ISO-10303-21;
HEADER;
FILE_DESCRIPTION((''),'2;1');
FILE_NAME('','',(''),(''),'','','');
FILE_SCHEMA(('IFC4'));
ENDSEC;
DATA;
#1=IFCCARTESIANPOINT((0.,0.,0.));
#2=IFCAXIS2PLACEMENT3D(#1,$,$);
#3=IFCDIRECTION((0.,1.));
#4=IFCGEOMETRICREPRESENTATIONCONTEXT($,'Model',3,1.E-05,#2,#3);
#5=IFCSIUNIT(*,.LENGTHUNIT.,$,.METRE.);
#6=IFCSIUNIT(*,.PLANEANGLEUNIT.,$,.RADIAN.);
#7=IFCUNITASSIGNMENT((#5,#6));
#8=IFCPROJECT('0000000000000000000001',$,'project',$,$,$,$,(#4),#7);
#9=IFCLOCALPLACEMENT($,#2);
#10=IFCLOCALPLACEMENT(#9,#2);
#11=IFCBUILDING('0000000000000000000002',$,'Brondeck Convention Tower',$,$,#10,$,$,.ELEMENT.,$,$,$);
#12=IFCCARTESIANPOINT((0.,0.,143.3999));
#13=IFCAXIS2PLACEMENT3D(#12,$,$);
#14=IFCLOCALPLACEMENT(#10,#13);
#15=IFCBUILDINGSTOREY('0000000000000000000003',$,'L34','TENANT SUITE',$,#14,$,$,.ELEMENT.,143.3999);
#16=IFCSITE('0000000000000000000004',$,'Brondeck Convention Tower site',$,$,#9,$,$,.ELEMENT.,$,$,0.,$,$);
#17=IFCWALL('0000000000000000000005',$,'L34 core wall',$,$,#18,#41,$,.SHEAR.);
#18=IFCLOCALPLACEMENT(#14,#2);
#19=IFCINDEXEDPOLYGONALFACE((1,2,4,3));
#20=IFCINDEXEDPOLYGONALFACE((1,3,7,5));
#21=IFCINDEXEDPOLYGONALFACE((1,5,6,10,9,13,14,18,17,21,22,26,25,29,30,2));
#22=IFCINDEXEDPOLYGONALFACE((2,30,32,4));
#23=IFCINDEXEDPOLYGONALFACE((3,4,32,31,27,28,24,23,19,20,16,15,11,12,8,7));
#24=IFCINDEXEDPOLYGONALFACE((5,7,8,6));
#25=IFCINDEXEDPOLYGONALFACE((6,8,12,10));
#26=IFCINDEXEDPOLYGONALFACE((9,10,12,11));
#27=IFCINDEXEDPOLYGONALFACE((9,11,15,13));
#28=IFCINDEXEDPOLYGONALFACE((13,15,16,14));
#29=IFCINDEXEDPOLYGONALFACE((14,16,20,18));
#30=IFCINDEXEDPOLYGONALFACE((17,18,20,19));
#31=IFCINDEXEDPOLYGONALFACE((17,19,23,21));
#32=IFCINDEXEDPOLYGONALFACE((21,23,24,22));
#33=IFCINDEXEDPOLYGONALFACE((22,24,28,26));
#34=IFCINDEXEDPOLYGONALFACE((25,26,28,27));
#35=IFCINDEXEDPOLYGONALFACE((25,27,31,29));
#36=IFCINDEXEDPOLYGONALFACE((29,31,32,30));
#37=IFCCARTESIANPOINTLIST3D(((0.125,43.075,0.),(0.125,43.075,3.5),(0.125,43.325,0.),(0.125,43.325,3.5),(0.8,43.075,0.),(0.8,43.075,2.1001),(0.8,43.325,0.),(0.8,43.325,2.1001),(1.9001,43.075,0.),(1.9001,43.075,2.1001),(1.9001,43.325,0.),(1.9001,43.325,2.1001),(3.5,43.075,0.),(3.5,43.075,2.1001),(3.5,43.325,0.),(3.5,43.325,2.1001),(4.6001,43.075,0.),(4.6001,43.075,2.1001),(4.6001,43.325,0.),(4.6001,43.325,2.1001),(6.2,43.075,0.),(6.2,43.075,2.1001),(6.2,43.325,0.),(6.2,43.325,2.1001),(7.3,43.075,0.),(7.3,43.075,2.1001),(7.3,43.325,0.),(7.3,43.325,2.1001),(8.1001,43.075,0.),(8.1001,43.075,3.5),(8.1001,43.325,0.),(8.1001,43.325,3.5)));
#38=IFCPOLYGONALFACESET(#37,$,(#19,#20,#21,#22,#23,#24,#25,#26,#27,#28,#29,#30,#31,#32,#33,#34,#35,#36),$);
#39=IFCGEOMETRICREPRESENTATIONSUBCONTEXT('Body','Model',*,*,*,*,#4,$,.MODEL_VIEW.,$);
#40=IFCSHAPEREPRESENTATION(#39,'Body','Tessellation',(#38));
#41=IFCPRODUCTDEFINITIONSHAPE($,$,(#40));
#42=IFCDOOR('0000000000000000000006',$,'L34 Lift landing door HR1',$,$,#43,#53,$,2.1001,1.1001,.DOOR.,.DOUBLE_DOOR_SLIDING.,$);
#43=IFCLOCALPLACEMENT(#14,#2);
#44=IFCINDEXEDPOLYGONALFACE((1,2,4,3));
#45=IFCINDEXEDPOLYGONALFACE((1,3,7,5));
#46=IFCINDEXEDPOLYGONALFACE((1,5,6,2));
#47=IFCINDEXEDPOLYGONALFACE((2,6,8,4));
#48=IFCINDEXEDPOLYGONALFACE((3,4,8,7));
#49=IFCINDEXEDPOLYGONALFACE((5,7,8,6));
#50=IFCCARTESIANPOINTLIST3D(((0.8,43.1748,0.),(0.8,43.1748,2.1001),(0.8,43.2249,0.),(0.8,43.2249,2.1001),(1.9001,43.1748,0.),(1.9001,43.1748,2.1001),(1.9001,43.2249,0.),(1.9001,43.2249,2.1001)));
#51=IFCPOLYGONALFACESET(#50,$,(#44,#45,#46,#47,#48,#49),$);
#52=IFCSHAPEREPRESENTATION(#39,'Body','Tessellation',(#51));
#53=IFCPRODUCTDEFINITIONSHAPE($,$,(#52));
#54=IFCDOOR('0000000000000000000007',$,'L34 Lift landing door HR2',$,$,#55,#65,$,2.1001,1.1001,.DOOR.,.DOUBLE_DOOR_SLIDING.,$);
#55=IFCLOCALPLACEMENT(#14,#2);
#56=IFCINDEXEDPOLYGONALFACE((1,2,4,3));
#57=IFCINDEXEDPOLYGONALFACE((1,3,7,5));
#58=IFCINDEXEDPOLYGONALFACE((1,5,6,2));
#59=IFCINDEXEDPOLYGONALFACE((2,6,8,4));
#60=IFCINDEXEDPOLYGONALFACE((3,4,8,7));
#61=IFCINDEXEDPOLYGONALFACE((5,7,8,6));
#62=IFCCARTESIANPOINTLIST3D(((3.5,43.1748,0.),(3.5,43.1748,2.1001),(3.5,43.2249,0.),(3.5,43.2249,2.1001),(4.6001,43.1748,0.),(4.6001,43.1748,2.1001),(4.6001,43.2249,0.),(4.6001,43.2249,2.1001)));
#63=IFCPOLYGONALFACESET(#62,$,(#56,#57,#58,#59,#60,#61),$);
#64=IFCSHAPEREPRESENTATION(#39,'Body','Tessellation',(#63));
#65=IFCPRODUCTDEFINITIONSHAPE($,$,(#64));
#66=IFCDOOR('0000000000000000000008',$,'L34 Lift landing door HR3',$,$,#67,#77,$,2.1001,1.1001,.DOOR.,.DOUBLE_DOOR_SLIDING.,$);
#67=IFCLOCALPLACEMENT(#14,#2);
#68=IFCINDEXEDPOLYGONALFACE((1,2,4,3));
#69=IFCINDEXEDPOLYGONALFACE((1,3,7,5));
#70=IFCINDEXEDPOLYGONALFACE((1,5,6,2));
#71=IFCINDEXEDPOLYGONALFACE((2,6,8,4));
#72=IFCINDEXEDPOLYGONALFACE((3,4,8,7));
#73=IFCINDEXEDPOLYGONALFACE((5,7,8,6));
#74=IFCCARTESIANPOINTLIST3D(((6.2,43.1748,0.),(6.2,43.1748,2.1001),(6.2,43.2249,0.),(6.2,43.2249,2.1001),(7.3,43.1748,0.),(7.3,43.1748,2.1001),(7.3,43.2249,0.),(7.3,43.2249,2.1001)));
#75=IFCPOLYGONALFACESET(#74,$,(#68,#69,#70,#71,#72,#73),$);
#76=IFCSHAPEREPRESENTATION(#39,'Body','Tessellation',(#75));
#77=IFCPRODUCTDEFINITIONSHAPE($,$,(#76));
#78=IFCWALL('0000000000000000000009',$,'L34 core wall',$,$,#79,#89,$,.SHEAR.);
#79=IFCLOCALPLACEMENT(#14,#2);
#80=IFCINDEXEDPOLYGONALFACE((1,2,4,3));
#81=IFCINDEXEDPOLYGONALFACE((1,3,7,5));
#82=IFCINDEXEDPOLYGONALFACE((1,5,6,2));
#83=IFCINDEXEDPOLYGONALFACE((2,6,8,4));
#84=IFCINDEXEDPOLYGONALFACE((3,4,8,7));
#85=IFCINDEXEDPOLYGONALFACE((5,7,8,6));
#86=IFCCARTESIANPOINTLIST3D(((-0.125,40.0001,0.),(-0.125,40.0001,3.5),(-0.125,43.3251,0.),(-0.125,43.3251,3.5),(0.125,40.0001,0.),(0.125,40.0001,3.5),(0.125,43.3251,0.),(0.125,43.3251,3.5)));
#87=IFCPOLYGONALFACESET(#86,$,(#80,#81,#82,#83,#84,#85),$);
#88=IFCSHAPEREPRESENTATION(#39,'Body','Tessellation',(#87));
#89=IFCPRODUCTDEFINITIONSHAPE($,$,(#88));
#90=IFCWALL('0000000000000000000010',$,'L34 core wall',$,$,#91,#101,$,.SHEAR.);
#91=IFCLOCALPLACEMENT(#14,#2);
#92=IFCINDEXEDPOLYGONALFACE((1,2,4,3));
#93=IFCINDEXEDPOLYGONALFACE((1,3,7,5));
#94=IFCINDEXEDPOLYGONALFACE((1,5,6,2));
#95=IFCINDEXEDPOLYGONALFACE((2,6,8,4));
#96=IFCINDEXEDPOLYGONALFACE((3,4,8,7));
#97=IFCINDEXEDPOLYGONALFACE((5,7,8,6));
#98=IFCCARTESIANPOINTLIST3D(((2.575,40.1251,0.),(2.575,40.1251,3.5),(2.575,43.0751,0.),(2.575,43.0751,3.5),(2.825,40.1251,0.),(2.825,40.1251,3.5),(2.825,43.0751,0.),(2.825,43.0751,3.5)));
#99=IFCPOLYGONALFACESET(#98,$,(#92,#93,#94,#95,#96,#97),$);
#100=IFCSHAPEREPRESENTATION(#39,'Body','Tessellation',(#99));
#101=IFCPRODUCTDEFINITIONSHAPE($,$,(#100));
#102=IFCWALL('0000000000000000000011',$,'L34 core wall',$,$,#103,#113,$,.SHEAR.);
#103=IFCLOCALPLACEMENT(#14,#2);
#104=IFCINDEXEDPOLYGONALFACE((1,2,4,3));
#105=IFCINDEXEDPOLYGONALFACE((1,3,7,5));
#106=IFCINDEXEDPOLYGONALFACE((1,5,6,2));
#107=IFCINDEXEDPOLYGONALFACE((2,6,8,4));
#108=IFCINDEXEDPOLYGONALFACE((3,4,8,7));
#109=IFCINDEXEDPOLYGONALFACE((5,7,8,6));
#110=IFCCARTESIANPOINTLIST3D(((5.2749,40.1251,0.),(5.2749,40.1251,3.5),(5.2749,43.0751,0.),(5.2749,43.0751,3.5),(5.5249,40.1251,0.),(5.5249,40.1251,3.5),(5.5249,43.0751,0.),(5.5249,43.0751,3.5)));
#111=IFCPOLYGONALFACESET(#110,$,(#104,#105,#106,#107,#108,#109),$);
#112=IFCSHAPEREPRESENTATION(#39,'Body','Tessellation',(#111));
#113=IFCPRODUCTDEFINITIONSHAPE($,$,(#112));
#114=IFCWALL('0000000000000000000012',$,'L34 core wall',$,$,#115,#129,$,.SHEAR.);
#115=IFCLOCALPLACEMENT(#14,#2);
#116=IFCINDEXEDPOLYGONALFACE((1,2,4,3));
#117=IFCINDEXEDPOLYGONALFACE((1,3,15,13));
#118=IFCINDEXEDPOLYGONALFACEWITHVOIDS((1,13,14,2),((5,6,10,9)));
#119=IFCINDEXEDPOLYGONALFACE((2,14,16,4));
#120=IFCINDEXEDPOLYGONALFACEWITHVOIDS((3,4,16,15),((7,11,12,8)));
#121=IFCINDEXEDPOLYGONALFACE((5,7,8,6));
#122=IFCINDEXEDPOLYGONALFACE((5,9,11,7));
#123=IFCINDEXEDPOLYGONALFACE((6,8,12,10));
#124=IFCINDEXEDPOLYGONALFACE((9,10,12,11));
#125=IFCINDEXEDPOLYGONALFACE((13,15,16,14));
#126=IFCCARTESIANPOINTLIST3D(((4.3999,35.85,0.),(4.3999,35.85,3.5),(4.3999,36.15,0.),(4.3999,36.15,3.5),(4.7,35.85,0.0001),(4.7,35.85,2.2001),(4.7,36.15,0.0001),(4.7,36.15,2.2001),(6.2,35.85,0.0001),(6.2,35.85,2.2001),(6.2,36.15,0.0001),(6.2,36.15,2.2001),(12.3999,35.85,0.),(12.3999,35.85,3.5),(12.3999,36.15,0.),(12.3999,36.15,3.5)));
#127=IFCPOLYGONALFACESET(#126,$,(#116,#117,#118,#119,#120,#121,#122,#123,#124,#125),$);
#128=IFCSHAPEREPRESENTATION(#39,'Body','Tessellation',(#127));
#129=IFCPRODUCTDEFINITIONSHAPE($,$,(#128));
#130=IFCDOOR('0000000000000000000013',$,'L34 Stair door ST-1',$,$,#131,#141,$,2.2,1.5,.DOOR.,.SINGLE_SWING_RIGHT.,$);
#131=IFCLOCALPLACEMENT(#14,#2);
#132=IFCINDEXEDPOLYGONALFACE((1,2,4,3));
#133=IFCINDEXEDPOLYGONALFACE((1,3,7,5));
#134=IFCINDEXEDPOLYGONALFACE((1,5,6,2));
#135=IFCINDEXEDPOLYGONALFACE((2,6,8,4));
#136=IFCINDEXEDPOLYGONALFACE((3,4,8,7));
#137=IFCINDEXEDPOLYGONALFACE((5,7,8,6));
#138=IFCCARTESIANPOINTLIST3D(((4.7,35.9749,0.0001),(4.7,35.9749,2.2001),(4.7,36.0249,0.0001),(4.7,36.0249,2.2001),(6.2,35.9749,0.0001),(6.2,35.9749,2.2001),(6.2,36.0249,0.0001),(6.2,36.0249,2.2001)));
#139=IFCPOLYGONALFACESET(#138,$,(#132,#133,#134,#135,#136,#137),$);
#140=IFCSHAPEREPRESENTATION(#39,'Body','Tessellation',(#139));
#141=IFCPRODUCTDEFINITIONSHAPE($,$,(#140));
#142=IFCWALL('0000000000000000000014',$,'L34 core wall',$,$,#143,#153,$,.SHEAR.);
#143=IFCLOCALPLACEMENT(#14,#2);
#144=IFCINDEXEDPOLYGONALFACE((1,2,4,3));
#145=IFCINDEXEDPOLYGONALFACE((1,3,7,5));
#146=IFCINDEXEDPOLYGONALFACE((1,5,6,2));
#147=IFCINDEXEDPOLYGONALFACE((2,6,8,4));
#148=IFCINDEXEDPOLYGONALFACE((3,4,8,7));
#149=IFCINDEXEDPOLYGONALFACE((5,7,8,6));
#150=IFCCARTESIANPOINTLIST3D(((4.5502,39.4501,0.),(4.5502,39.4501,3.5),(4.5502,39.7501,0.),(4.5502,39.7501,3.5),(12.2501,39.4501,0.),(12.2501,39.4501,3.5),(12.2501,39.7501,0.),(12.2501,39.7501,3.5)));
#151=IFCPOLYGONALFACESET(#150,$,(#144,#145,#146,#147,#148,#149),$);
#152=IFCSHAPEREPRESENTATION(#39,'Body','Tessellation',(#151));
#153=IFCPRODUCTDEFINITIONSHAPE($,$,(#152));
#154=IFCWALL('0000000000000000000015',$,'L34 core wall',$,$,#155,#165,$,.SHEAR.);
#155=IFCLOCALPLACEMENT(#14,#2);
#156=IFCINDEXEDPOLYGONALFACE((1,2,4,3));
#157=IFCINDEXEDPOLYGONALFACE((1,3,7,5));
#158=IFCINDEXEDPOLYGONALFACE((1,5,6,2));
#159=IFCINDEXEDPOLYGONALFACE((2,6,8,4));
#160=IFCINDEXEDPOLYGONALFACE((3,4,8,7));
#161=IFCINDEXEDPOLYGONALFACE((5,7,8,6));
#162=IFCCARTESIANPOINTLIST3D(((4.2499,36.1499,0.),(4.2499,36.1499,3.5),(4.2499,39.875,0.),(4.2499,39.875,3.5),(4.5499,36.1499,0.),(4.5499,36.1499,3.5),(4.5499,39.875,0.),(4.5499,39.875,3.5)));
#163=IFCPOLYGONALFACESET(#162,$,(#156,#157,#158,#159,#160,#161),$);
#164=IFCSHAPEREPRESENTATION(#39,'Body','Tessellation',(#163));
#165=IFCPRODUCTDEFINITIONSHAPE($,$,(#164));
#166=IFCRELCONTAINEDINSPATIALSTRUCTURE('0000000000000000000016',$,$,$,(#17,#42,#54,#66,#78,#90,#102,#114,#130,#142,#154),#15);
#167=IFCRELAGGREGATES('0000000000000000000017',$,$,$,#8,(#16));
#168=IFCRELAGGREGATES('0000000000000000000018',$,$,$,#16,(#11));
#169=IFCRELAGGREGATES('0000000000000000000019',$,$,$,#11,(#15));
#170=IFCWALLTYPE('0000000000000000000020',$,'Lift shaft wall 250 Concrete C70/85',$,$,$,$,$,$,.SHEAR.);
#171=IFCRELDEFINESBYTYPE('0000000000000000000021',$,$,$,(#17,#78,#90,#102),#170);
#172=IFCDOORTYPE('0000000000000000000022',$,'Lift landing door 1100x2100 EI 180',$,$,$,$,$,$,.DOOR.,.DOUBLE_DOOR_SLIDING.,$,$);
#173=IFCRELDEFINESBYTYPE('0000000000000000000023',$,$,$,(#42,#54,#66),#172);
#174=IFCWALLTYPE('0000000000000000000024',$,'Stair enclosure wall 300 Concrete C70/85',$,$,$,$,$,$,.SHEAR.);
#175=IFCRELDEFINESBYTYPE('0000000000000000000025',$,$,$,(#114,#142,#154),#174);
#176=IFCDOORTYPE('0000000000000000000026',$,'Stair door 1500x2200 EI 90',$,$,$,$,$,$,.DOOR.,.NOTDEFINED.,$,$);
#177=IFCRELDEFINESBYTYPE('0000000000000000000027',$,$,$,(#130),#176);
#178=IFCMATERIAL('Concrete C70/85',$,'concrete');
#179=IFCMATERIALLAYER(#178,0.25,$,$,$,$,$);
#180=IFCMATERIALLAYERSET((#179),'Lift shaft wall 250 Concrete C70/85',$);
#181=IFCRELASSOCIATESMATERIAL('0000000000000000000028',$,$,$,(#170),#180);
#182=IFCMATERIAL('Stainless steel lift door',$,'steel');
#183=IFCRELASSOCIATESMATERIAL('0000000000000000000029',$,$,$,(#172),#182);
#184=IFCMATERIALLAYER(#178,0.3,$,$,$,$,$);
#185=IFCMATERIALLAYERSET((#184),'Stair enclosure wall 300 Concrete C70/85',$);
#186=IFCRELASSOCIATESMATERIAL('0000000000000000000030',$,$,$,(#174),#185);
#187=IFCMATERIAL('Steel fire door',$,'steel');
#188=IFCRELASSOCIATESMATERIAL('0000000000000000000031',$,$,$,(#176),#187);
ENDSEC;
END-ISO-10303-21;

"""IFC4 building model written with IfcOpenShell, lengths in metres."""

from ifc_helpers import new_model, si_unit, direction, frame, frame_2d, origin, place, context, subcontext, project, spatial, rectangle, extrude, material, layer, layer_set, type_object, element, fill, save


model = new_model("IFC4")

# Units and contexts
model_context = context("Model", 3, precision=1e-05, world=origin(), true_north=direction((0.0, 1.0)))
body_context = subcontext(model_context, "Body", "Model", "MODEL_VIEW")
ifc_project = project(units=[si_unit("LENGTHUNIT", "METRE"), si_unit("PLANEANGLEUNIT", "RADIAN")], contexts=[model_context])

# Site, building, storey
site_placement = place(None, origin())
site = spatial("IfcSite", under=ifc_project, at=site_placement, Name="Brondeck Convention Tower site", CompositionType="ELEMENT", RefElevation=0.0)
building_placement = place(site_placement, origin())
building = spatial("IfcBuilding", under=site, at=building_placement, Name="Brondeck Convention Tower", CompositionType="ELEMENT")
storey_placement = place(building_placement, frame((0.0, 0.0, 143.3999)))
storey = spatial("IfcBuildingStorey", under=building, at=storey_placement, Name="L34", Description="TENANT SUITE", CompositionType="ELEMENT", Elevation=143.3999)

# Shared definitions
ifc_material_1 = material(Name="Concrete C70/85", Category="concrete")

# Shared definitions
ifc_material_2 = material(Name="Steel fire door", Category="steel")

# Shared definitions
ifc_layer_1 = layer(ifc_material_1, 0.25)
ifc_layer_set_1 = layer_set([ifc_layer_1], Name="Lift shaft wall 250 Concrete C70/85")
wall_type_1 = type_object("IfcWallType", Name="Lift shaft wall 250 Concrete C70/85", PredefinedType="SHEAR", material=ifc_layer_set_1)

# Wall, openings, doors
wall_1_placement = place(storey_placement, frame((0.125, 43.2, 0.0), z_axis=(0.0, 0.0, 1.0), x_axis=(1.0, 0.0, 0.0)))
wall_1 = element("IfcWall", 1, at=wall_1_placement, inside=storey, type_object=wall_type_1, Name="L34 core wall", PredefinedType="SHEAR", context=body_context, shape_type="SweptSolid", body=[
    extrude(rectangle(XDim=7.9751, YDim=0.25, at=frame_2d((3.9875, 0.0))), origin(), (0.0, 0.0, 1.0), 3.5),
])
opening_1_placement = place(wall_1_placement, frame((0.675, 0.0, 0.0)))
opening_1 = element("IfcOpeningElement", 2, at=opening_1_placement, cuts=wall_1, PredefinedType="OPENING", context=body_context, shape_type="SweptSolid", body=[
    extrude(rectangle(XDim=1.1001, YDim=2.1001, at=frame_2d((0.55, 1.05))), frame((0.0, 0.135, 0.0), z_axis=(0.0, -1.0, 0.0), x_axis=(1.0, 0.0, 0.0)), (0.0, 0.0, 1.0), 0.27),
])
opening_2_placement = place(wall_1_placement, frame((3.375, 0.0, 0.0)))
opening_2 = element("IfcOpeningElement", 3, at=opening_2_placement, cuts=wall_1, PredefinedType="OPENING", context=body_context, shape_type="SweptSolid", body=[
    extrude(rectangle(XDim=1.1001, YDim=2.1001, at=frame_2d((0.55, 1.05))), frame((0.0, 0.135, 0.0), z_axis=(0.0, -1.0, 0.0), x_axis=(1.0, 0.0, 0.0)), (0.0, 0.0, 1.0), 0.27),
])
opening_3_placement = place(wall_1_placement, frame((6.075, 0.0, 0.0)))
opening_3 = element("IfcOpeningElement", 4, at=opening_3_placement, cuts=wall_1, PredefinedType="OPENING", context=body_context, shape_type="SweptSolid", body=[
    extrude(rectangle(XDim=1.1001, YDim=2.1001, at=frame_2d((0.55, 1.05))), frame((0.0, 0.135, 0.0), z_axis=(0.0, -1.0, 0.0), x_axis=(1.0, 0.0, 0.0)), (0.0, 0.0, 1.0), 0.27),
])
ifc_material_3 = material(Name="Stainless steel lift door", Category="steel")
door_type_1 = type_object("IfcDoorType", Name="Lift landing door 1100x2100 EI 180", OperationType="DOUBLE_DOOR_SLIDING", PredefinedType="DOOR", material=ifc_material_3)
door_1_placement = place(opening_1_placement, origin())
door_1 = element("IfcDoor", 5, at=door_1_placement, inside=storey, type_object=door_type_1, Name="L34 Lift landing door HR1", OperationType="DOUBLE_DOOR_SLIDING", OverallHeight=2.1001, OverallWidth=1.1001, PredefinedType="DOOR", context=body_context, shape_type="SweptSolid", body=[
    extrude(rectangle(XDim=1.1001, YDim=2.1001, at=frame_2d((0.55, 1.05))), frame((0.0, 0.0249, 0.0), z_axis=(0.0, -1.0, 0.0), x_axis=(1.0, 0.0, 0.0)), (0.0, 0.0, 1.0), 0.05),
])
fill(opening_1, door_1)
door_2_placement = place(opening_2_placement, origin())
door_2 = element("IfcDoor", 6, at=door_2_placement, inside=storey, type_object=door_type_1, Name="L34 Lift landing door HR2", OperationType="DOUBLE_DOOR_SLIDING", OverallHeight=2.1001, OverallWidth=1.1001, PredefinedType="DOOR", context=body_context, shape_type="SweptSolid", body=[
    extrude(rectangle(XDim=1.1001, YDim=2.1001, at=frame_2d((0.55, 1.05))), frame((0.0, 0.0249, 0.0), z_axis=(0.0, -1.0, 0.0), x_axis=(1.0, 0.0, 0.0)), (0.0, 0.0, 1.0), 0.05),
])
fill(opening_2, door_2)
door_3_placement = place(opening_3_placement, origin())
door_3 = element("IfcDoor", 7, at=door_3_placement, inside=storey, type_object=door_type_1, Name="L34 Lift landing door HR3", OperationType="DOUBLE_DOOR_SLIDING", OverallHeight=2.1001, OverallWidth=1.1001, PredefinedType="DOOR", context=body_context, shape_type="SweptSolid", body=[
    extrude(rectangle(XDim=1.1001, YDim=2.1001, at=frame_2d((0.55, 1.05))), frame((0.0, 0.0249, 0.0), z_axis=(0.0, -1.0, 0.0), x_axis=(1.0, 0.0, 0.0)), (0.0, 0.0, 1.0), 0.05),
])
fill(opening_3, door_3)

# Walls
wall_2_placement = place(storey_placement, frame((0.0, 40.0, 0.0), z_axis=(0.0, 0.0, 1.0), x_axis=(0.0, 1.0, 0.0)))
element("IfcWall", 8, at=wall_2_placement, inside=storey, type_object=wall_type_1, Name="L34 core wall", PredefinedType="SHEAR", context=body_context, shape_type="SweptSolid", body=[
    extrude(rectangle(XDim=3.325, YDim=0.25, at=frame_2d((1.6626, 0.0))), origin(), (0.0, 0.0, 1.0), 3.5),
])
for number, where, z_axis, x_axis, name in (
    (9, (2.7, 40.125, 0.0), (0.0, 0.0, 1.0), (0.0, 1.0, 0.0), "L34 core wall"),
    (10, (5.3999, 40.125, 0.0), (0.0, 0.0, 1.0), (0.0, 1.0, 0.0), "L34 core wall"),
):
    element("IfcWall", number, at=place(storey_placement, frame(where, z_axis=z_axis, x_axis=x_axis)), inside=storey, type_object=wall_type_1, Name=name, PredefinedType="SHEAR", context=body_context, shape_type="SweptSolid", body=[
        extrude(rectangle(XDim=2.95, YDim=0.25, at=frame_2d((1.4751, 0.0))), origin(), (0.0, 0.0, 1.0), 3.5),
    ])

# Wall, opening, door
ifc_layer_2 = layer(ifc_material_1, 0.3)
ifc_layer_set_2 = layer_set([ifc_layer_2], Name="Stair enclosure wall 300 Concrete C70/85")
wall_type_2 = type_object("IfcWallType", Name="Stair enclosure wall 300 Concrete C70/85", PredefinedType="SHEAR", material=ifc_layer_set_2)
wall_3_placement = place(storey_placement, frame((4.3999, 36.0, 0.0), z_axis=(0.0, 0.0, 1.0), x_axis=(1.0, 0.0, 0.0)))
wall_3 = element("IfcWall", 11, at=wall_3_placement, inside=storey, type_object=wall_type_2, Name="L34 core wall", PredefinedType="SHEAR", context=body_context, shape_type="SweptSolid", body=[
    extrude(rectangle(XDim=8.0, YDim=0.3, at=frame_2d((4.0, 0.0))), origin(), (0.0, 0.0, 1.0), 3.5),
])
opening_4_placement = place(wall_3_placement, frame((0.3, 0.0, 0.0)))
opening_4 = element("IfcOpeningElement", 12, at=opening_4_placement, cuts=wall_3, PredefinedType="OPENING", context=body_context, shape_type="SweptSolid", body=[
    extrude(rectangle(XDim=1.5, YDim=2.2, at=frame_2d((0.75, 1.1001))), frame((0.0, 0.1599, 0.0), z_axis=(0.0, -1.0, 0.0), x_axis=(1.0, 0.0, 0.0)), (0.0, 0.0, 1.0), 0.3201),
])
door_type_2 = type_object("IfcDoorType", Name="Stair door 1500x2200 EI 90", OperationType="NOTDEFINED", PredefinedType="DOOR", material=ifc_material_2)
door_4_placement = place(opening_4_placement, origin())
door_4 = element("IfcDoor", 13, at=door_4_placement, inside=storey, type_object=door_type_2, Name="L34 Stair door ST-1", OperationType="SINGLE_SWING_RIGHT", OverallHeight=2.2, OverallWidth=1.5, PredefinedType="DOOR", context=body_context, shape_type="SweptSolid", body=[
    extrude(rectangle(XDim=1.5, YDim=2.2, at=frame_2d((0.75, 1.1001))), frame((0.0, 0.0249, 0.0), z_axis=(0.0, -1.0, 0.0), x_axis=(1.0, 0.0, 0.0)), (0.0, 0.0, 1.0), 0.05),
])
fill(opening_4, door_4)

# Walls
wall_4_placement = place(storey_placement, frame((4.55, 39.6001, 0.0), z_axis=(0.0, 0.0, 1.0), x_axis=(1.0, 0.0, 0.0)))
element("IfcWall", 14, at=wall_4_placement, inside=storey, type_object=wall_type_2, Name="L34 core wall", PredefinedType="SHEAR", context=body_context, shape_type="SweptSolid", body=[
    extrude(rectangle(XDim=7.7, YDim=0.3, at=frame_2d((3.8501, 0.0))), origin(), (0.0, 0.0, 1.0), 3.5),
])
wall_5_placement = place(storey_placement, frame((4.3999, 36.1499, 0.0), z_axis=(0.0, 0.0, 1.0), x_axis=(0.0, 1.0, 0.0)))
element("IfcWall", 15, at=wall_5_placement, inside=storey, type_object=wall_type_2, Name="L34 core wall", PredefinedType="SHEAR", context=body_context, shape_type="SweptSolid", body=[
    extrude(rectangle(XDim=3.7251, YDim=0.3, at=frame_2d((1.8625, 0.0))), origin(), (0.0, 0.0, 1.0), 3.5),
])

save(model, "model.ifc")
